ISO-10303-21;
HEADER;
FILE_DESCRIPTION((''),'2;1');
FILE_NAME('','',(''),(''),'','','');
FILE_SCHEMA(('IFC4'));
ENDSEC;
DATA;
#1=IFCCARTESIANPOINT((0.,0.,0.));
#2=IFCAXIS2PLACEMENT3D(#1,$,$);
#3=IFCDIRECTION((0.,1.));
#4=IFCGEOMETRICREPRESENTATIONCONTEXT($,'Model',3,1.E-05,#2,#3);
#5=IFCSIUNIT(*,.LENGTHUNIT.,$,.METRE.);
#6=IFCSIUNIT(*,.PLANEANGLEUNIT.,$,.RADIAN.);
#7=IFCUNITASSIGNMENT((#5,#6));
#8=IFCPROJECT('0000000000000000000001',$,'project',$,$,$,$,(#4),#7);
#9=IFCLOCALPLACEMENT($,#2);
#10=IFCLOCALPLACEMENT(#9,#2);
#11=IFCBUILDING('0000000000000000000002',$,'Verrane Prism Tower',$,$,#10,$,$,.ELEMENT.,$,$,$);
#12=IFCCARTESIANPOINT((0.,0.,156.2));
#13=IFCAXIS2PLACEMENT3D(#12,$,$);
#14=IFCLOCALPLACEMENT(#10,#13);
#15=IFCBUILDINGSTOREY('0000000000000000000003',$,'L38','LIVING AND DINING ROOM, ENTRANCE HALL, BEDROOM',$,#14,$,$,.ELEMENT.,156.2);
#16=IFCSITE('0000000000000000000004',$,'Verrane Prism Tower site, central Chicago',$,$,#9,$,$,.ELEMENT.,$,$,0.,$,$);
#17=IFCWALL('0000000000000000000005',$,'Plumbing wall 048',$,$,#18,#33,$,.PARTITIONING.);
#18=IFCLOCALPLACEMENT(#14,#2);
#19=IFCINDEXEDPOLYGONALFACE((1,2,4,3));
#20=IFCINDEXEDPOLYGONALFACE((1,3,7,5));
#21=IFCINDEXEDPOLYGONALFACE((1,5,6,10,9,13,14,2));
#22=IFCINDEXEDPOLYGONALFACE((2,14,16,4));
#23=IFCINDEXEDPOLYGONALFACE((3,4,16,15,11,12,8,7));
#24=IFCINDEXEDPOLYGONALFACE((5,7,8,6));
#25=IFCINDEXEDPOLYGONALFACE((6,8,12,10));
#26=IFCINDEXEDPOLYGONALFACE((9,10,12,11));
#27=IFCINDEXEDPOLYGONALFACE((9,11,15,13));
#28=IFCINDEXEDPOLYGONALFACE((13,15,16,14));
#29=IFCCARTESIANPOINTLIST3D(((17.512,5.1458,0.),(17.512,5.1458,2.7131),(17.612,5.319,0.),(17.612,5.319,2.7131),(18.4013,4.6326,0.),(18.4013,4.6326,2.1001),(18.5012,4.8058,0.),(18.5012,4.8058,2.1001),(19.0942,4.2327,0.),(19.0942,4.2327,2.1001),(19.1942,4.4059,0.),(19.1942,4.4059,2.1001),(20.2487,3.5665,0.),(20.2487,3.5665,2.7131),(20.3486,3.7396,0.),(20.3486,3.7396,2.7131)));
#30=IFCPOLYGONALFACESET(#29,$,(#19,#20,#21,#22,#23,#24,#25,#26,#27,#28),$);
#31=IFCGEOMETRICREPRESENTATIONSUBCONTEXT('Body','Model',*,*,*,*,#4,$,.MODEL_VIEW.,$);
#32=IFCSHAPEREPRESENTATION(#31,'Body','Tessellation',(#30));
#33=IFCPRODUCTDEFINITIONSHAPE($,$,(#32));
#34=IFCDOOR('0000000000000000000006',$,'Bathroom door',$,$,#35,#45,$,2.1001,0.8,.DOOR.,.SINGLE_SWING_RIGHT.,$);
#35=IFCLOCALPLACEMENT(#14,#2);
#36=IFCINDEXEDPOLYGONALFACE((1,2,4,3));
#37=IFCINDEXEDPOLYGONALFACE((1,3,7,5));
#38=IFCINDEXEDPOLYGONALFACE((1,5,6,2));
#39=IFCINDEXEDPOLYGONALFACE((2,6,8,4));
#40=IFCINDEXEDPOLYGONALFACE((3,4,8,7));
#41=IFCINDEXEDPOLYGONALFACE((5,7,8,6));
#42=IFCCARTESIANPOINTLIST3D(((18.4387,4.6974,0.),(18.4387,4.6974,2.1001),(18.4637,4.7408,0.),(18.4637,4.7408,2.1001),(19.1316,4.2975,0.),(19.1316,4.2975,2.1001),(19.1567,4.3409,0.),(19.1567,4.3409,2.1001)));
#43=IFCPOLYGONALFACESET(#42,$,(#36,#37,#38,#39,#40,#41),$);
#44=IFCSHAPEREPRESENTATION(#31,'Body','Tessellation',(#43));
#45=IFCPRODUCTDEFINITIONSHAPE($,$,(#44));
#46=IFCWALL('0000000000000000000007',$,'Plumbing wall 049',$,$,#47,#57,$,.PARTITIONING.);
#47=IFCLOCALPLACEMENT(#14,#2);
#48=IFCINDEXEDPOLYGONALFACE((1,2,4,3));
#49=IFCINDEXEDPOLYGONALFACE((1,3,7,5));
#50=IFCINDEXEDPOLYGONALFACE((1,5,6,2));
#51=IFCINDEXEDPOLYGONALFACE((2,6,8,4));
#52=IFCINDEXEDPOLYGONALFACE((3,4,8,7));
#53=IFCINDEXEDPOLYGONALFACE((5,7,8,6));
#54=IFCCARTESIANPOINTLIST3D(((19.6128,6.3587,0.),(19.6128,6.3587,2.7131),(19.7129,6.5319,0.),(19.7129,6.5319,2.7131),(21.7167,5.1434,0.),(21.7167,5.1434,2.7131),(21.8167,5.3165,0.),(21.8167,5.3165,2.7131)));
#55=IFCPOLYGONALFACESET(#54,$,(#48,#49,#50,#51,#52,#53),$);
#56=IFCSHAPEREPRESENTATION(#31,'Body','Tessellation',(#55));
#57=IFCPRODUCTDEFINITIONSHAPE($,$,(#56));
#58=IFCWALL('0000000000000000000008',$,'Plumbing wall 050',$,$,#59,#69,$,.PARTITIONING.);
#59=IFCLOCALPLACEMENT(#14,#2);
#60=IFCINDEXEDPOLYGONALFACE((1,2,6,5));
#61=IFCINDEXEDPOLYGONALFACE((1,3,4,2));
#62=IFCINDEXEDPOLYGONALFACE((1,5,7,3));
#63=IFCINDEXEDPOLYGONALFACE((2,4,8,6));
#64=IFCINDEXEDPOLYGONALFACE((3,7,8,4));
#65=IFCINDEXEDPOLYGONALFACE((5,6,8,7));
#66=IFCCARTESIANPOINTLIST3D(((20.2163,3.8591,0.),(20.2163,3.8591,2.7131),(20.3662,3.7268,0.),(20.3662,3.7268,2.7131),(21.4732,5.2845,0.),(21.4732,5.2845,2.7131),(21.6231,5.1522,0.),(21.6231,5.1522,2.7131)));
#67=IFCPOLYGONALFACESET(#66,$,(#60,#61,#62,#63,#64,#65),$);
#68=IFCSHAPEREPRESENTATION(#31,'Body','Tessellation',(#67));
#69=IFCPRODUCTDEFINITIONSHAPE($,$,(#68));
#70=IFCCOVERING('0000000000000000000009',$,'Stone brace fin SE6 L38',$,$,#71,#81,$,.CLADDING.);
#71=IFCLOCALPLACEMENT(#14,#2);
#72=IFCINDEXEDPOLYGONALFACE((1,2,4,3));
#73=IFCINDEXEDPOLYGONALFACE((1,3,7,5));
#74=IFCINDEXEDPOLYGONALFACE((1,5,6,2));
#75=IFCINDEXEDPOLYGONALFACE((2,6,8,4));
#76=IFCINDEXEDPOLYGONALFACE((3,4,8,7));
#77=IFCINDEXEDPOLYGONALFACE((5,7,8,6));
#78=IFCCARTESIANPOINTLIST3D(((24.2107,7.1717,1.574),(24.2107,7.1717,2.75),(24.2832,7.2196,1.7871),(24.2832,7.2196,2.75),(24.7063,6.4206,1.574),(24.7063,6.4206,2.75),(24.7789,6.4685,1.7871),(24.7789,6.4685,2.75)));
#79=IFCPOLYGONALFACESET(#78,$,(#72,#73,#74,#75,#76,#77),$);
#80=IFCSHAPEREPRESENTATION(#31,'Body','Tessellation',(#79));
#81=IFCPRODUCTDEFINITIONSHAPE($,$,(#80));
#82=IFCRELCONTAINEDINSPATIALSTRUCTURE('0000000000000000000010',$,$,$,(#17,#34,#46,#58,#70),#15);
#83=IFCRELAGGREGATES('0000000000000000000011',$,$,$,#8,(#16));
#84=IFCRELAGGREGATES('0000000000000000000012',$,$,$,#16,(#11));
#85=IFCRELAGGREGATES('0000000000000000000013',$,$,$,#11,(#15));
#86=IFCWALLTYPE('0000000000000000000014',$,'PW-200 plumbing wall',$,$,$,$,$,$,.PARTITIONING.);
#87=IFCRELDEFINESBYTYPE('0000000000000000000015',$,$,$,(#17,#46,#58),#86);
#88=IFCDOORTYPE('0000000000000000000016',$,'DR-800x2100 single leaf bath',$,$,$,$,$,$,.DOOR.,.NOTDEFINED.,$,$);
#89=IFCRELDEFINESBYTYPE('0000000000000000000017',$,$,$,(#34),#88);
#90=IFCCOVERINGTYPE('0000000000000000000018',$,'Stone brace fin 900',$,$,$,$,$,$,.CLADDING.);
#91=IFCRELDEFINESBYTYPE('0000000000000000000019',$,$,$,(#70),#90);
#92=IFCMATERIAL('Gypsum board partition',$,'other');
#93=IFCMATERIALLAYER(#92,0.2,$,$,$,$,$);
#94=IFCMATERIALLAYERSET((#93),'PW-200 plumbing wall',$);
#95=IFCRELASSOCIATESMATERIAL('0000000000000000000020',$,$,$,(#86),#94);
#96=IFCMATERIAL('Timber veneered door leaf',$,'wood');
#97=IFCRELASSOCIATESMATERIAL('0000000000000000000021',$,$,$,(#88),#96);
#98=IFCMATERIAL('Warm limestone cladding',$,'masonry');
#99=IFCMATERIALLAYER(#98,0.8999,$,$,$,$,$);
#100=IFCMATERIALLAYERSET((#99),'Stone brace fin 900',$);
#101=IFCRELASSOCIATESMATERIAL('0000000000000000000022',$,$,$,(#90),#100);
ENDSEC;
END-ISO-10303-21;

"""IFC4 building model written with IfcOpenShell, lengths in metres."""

from ifc_helpers import new_model, si_unit, direction, frame, frame_2d, origin, place, context, subcontext, project, spatial, polyline, rectangle, outline, extrude, material, layer, layer_set, type_object, element, fill, save


model = new_model("IFC4")

# Units and contexts
model_context = context("Model", 3, precision=1e-05, world=origin(), true_north=direction((0.0, 1.0)))
body_context = subcontext(model_context, "Body", "Model", "MODEL_VIEW")
ifc_project = project(units=[si_unit("LENGTHUNIT", "METRE"), si_unit("PLANEANGLEUNIT", "RADIAN")], contexts=[model_context])

# Site, building, storey
site_placement = place(None, origin())
site = spatial("IfcSite", under=ifc_project, at=site_placement, Name="Verrane Prism Tower site, central Chicago", CompositionType="ELEMENT", RefElevation=0.0)
building_placement = place(site_placement, origin())
building = spatial("IfcBuilding", under=site, at=building_placement, Name="Verrane Prism Tower", CompositionType="ELEMENT")
storey_placement = place(building_placement, frame((0.0, 0.0, 156.2)))
storey = spatial("IfcBuildingStorey", under=building, at=storey_placement, Name="L38", Description="LIVING AND DINING ROOM, ENTRANCE HALL, BEDROOM", CompositionType="ELEMENT", Elevation=156.2)

# Wall, opening, door
ifc_material_1 = material(Name="Gypsum board partition", Category="other")
ifc_layer_1 = layer(ifc_material_1, 0.2)
ifc_layer_set_1 = layer_set([ifc_layer_1], Name="PW-200 plumbing wall")
wall_type_1 = type_object("IfcWallType", Name="PW-200 plumbing wall", PredefinedType="PARTITIONING", material=ifc_layer_set_1)
wall_1_placement = place(storey_placement, frame((17.562, 5.2324, 0.0), z_axis=(0.0, 0.0, 1.0), x_axis=(0.86611, -0.499854, 0.0)))
wall_1 = element("IfcWall", 1, at=wall_1_placement, inside=storey, type_object=wall_type_1, Name="Plumbing wall 048", PredefinedType="PARTITIONING", context=body_context, shape_type="SweptSolid", body=[
    extrude(rectangle(XDim=3.1597, YDim=0.2, at=frame_2d((1.5798, 0.0))), origin(), (0.0, 0.0, 1.0), 2.7131),
])
opening_1_placement = place(wall_1_placement, frame((1.0269, 0.0, 0.0)))
opening_1 = element("IfcOpeningElement", 2, at=opening_1_placement, cuts=wall_1, PredefinedType="OPENING", context=body_context, shape_type="SweptSolid", body=[
    extrude(rectangle(XDim=0.8, YDim=2.1001, at=frame_2d((0.3999, 1.05))), frame((0.0, 0.1099, 0.0), z_axis=(0.0, -1.0, 0.0), x_axis=(1.0, 0.0, 0.0)), (0.0, 0.0, 1.0), 0.22),
])
ifc_material_2 = material(Name="Timber veneered door leaf", Category="wood")
door_type_1 = type_object("IfcDoorType", Name="DR-800x2100 single leaf bath", OperationType="NOTDEFINED", PredefinedType="DOOR", material=ifc_material_2)
door_1_placement = place(opening_1_placement, origin())
door_1 = element("IfcDoor", 3, at=door_1_placement, inside=storey, type_object=door_type_1, Name="Bathroom door", OperationType="SINGLE_SWING_RIGHT", OverallHeight=2.1001, OverallWidth=0.8, PredefinedType="DOOR", context=body_context, shape_type="SweptSolid", body=[
    extrude(rectangle(XDim=0.8, YDim=2.1001, at=frame_2d((0.3999, 1.05))), frame((0.0, 0.0249, 0.0), z_axis=(0.0, -1.0, 0.0), x_axis=(1.0, 0.0, 0.0)), (0.0, 0.0, 1.0), 0.05),
])
fill(opening_1, door_1)

# Walls
wall_2_placement = place(storey_placement, frame((19.6628, 6.4453, 0.0), z_axis=(0.0, 0.0, 1.0), x_axis=(0.865896, -0.500224, 0.0)))
element("IfcWall", 4, at=wall_2_placement, inside=storey, type_object=wall_type_1, Name="Plumbing wall 049", PredefinedType="PARTITIONING", context=body_context, shape_type="SweptSolid", body=[
    extrude(rectangle(XDim=2.4297, YDim=0.2, at=frame_2d((1.2148, 0.0))), origin(), (0.0, 0.0, 1.0), 2.7131),
])
wall_3_placement = place(storey_placement, frame((20.2913, 3.793, 0.0), z_axis=(0.0, 0.0, 1.0), x_axis=(0.661392, 0.75004, 0.0)))
element("IfcWall", 5, at=wall_3_placement, inside=storey, type_object=wall_type_1, Name="Plumbing wall 050", PredefinedType="PARTITIONING", context=body_context, shape_type="SweptSolid", body=[
    extrude(rectangle(XDim=1.9004, YDim=0.2, at=frame_2d((0.9502, 0.0))), origin(), (0.0, 0.0, 1.0), 2.7131),
])

# Covering
ifc_material_3 = material(Name="Warm limestone cladding", Category="masonry")
ifc_layer_2 = layer(ifc_material_3, 0.8999)
ifc_layer_set_2 = layer_set([ifc_layer_2], Name="Stone brace fin 900")
covering_type = type_object("IfcCoveringType", Name="Stone brace fin 900", PredefinedType="CLADDING", material=ifc_layer_set_2)
covering_placement = place(storey_placement, frame((24.4585, 6.7961, 1.574), z_axis=(0.0, 0.0, 1.0), x_axis=(0.834635, 0.550803, 0.0)))
element("IfcCovering", 6, at=covering_placement, inside=storey, type_object=covering_type, Name="Stone brace fin SE6 L38", PredefinedType="CLADDING", context=body_context, shape_type="SweptSolid", body=[
    extrude(outline(polyline([(0.0869, 1.176), (0.0, 1.176), (0.0, 0.0), (0.0869, 0.2131), (0.0869, 1.176)])), frame((0.0, 0.45, 0.0), z_axis=(0.0, -1.0, 0.0), x_axis=(1.0, 0.0, 0.0)), (0.0, 0.0, 1.0), 0.8999),
])

save(model, "model.ifc")
